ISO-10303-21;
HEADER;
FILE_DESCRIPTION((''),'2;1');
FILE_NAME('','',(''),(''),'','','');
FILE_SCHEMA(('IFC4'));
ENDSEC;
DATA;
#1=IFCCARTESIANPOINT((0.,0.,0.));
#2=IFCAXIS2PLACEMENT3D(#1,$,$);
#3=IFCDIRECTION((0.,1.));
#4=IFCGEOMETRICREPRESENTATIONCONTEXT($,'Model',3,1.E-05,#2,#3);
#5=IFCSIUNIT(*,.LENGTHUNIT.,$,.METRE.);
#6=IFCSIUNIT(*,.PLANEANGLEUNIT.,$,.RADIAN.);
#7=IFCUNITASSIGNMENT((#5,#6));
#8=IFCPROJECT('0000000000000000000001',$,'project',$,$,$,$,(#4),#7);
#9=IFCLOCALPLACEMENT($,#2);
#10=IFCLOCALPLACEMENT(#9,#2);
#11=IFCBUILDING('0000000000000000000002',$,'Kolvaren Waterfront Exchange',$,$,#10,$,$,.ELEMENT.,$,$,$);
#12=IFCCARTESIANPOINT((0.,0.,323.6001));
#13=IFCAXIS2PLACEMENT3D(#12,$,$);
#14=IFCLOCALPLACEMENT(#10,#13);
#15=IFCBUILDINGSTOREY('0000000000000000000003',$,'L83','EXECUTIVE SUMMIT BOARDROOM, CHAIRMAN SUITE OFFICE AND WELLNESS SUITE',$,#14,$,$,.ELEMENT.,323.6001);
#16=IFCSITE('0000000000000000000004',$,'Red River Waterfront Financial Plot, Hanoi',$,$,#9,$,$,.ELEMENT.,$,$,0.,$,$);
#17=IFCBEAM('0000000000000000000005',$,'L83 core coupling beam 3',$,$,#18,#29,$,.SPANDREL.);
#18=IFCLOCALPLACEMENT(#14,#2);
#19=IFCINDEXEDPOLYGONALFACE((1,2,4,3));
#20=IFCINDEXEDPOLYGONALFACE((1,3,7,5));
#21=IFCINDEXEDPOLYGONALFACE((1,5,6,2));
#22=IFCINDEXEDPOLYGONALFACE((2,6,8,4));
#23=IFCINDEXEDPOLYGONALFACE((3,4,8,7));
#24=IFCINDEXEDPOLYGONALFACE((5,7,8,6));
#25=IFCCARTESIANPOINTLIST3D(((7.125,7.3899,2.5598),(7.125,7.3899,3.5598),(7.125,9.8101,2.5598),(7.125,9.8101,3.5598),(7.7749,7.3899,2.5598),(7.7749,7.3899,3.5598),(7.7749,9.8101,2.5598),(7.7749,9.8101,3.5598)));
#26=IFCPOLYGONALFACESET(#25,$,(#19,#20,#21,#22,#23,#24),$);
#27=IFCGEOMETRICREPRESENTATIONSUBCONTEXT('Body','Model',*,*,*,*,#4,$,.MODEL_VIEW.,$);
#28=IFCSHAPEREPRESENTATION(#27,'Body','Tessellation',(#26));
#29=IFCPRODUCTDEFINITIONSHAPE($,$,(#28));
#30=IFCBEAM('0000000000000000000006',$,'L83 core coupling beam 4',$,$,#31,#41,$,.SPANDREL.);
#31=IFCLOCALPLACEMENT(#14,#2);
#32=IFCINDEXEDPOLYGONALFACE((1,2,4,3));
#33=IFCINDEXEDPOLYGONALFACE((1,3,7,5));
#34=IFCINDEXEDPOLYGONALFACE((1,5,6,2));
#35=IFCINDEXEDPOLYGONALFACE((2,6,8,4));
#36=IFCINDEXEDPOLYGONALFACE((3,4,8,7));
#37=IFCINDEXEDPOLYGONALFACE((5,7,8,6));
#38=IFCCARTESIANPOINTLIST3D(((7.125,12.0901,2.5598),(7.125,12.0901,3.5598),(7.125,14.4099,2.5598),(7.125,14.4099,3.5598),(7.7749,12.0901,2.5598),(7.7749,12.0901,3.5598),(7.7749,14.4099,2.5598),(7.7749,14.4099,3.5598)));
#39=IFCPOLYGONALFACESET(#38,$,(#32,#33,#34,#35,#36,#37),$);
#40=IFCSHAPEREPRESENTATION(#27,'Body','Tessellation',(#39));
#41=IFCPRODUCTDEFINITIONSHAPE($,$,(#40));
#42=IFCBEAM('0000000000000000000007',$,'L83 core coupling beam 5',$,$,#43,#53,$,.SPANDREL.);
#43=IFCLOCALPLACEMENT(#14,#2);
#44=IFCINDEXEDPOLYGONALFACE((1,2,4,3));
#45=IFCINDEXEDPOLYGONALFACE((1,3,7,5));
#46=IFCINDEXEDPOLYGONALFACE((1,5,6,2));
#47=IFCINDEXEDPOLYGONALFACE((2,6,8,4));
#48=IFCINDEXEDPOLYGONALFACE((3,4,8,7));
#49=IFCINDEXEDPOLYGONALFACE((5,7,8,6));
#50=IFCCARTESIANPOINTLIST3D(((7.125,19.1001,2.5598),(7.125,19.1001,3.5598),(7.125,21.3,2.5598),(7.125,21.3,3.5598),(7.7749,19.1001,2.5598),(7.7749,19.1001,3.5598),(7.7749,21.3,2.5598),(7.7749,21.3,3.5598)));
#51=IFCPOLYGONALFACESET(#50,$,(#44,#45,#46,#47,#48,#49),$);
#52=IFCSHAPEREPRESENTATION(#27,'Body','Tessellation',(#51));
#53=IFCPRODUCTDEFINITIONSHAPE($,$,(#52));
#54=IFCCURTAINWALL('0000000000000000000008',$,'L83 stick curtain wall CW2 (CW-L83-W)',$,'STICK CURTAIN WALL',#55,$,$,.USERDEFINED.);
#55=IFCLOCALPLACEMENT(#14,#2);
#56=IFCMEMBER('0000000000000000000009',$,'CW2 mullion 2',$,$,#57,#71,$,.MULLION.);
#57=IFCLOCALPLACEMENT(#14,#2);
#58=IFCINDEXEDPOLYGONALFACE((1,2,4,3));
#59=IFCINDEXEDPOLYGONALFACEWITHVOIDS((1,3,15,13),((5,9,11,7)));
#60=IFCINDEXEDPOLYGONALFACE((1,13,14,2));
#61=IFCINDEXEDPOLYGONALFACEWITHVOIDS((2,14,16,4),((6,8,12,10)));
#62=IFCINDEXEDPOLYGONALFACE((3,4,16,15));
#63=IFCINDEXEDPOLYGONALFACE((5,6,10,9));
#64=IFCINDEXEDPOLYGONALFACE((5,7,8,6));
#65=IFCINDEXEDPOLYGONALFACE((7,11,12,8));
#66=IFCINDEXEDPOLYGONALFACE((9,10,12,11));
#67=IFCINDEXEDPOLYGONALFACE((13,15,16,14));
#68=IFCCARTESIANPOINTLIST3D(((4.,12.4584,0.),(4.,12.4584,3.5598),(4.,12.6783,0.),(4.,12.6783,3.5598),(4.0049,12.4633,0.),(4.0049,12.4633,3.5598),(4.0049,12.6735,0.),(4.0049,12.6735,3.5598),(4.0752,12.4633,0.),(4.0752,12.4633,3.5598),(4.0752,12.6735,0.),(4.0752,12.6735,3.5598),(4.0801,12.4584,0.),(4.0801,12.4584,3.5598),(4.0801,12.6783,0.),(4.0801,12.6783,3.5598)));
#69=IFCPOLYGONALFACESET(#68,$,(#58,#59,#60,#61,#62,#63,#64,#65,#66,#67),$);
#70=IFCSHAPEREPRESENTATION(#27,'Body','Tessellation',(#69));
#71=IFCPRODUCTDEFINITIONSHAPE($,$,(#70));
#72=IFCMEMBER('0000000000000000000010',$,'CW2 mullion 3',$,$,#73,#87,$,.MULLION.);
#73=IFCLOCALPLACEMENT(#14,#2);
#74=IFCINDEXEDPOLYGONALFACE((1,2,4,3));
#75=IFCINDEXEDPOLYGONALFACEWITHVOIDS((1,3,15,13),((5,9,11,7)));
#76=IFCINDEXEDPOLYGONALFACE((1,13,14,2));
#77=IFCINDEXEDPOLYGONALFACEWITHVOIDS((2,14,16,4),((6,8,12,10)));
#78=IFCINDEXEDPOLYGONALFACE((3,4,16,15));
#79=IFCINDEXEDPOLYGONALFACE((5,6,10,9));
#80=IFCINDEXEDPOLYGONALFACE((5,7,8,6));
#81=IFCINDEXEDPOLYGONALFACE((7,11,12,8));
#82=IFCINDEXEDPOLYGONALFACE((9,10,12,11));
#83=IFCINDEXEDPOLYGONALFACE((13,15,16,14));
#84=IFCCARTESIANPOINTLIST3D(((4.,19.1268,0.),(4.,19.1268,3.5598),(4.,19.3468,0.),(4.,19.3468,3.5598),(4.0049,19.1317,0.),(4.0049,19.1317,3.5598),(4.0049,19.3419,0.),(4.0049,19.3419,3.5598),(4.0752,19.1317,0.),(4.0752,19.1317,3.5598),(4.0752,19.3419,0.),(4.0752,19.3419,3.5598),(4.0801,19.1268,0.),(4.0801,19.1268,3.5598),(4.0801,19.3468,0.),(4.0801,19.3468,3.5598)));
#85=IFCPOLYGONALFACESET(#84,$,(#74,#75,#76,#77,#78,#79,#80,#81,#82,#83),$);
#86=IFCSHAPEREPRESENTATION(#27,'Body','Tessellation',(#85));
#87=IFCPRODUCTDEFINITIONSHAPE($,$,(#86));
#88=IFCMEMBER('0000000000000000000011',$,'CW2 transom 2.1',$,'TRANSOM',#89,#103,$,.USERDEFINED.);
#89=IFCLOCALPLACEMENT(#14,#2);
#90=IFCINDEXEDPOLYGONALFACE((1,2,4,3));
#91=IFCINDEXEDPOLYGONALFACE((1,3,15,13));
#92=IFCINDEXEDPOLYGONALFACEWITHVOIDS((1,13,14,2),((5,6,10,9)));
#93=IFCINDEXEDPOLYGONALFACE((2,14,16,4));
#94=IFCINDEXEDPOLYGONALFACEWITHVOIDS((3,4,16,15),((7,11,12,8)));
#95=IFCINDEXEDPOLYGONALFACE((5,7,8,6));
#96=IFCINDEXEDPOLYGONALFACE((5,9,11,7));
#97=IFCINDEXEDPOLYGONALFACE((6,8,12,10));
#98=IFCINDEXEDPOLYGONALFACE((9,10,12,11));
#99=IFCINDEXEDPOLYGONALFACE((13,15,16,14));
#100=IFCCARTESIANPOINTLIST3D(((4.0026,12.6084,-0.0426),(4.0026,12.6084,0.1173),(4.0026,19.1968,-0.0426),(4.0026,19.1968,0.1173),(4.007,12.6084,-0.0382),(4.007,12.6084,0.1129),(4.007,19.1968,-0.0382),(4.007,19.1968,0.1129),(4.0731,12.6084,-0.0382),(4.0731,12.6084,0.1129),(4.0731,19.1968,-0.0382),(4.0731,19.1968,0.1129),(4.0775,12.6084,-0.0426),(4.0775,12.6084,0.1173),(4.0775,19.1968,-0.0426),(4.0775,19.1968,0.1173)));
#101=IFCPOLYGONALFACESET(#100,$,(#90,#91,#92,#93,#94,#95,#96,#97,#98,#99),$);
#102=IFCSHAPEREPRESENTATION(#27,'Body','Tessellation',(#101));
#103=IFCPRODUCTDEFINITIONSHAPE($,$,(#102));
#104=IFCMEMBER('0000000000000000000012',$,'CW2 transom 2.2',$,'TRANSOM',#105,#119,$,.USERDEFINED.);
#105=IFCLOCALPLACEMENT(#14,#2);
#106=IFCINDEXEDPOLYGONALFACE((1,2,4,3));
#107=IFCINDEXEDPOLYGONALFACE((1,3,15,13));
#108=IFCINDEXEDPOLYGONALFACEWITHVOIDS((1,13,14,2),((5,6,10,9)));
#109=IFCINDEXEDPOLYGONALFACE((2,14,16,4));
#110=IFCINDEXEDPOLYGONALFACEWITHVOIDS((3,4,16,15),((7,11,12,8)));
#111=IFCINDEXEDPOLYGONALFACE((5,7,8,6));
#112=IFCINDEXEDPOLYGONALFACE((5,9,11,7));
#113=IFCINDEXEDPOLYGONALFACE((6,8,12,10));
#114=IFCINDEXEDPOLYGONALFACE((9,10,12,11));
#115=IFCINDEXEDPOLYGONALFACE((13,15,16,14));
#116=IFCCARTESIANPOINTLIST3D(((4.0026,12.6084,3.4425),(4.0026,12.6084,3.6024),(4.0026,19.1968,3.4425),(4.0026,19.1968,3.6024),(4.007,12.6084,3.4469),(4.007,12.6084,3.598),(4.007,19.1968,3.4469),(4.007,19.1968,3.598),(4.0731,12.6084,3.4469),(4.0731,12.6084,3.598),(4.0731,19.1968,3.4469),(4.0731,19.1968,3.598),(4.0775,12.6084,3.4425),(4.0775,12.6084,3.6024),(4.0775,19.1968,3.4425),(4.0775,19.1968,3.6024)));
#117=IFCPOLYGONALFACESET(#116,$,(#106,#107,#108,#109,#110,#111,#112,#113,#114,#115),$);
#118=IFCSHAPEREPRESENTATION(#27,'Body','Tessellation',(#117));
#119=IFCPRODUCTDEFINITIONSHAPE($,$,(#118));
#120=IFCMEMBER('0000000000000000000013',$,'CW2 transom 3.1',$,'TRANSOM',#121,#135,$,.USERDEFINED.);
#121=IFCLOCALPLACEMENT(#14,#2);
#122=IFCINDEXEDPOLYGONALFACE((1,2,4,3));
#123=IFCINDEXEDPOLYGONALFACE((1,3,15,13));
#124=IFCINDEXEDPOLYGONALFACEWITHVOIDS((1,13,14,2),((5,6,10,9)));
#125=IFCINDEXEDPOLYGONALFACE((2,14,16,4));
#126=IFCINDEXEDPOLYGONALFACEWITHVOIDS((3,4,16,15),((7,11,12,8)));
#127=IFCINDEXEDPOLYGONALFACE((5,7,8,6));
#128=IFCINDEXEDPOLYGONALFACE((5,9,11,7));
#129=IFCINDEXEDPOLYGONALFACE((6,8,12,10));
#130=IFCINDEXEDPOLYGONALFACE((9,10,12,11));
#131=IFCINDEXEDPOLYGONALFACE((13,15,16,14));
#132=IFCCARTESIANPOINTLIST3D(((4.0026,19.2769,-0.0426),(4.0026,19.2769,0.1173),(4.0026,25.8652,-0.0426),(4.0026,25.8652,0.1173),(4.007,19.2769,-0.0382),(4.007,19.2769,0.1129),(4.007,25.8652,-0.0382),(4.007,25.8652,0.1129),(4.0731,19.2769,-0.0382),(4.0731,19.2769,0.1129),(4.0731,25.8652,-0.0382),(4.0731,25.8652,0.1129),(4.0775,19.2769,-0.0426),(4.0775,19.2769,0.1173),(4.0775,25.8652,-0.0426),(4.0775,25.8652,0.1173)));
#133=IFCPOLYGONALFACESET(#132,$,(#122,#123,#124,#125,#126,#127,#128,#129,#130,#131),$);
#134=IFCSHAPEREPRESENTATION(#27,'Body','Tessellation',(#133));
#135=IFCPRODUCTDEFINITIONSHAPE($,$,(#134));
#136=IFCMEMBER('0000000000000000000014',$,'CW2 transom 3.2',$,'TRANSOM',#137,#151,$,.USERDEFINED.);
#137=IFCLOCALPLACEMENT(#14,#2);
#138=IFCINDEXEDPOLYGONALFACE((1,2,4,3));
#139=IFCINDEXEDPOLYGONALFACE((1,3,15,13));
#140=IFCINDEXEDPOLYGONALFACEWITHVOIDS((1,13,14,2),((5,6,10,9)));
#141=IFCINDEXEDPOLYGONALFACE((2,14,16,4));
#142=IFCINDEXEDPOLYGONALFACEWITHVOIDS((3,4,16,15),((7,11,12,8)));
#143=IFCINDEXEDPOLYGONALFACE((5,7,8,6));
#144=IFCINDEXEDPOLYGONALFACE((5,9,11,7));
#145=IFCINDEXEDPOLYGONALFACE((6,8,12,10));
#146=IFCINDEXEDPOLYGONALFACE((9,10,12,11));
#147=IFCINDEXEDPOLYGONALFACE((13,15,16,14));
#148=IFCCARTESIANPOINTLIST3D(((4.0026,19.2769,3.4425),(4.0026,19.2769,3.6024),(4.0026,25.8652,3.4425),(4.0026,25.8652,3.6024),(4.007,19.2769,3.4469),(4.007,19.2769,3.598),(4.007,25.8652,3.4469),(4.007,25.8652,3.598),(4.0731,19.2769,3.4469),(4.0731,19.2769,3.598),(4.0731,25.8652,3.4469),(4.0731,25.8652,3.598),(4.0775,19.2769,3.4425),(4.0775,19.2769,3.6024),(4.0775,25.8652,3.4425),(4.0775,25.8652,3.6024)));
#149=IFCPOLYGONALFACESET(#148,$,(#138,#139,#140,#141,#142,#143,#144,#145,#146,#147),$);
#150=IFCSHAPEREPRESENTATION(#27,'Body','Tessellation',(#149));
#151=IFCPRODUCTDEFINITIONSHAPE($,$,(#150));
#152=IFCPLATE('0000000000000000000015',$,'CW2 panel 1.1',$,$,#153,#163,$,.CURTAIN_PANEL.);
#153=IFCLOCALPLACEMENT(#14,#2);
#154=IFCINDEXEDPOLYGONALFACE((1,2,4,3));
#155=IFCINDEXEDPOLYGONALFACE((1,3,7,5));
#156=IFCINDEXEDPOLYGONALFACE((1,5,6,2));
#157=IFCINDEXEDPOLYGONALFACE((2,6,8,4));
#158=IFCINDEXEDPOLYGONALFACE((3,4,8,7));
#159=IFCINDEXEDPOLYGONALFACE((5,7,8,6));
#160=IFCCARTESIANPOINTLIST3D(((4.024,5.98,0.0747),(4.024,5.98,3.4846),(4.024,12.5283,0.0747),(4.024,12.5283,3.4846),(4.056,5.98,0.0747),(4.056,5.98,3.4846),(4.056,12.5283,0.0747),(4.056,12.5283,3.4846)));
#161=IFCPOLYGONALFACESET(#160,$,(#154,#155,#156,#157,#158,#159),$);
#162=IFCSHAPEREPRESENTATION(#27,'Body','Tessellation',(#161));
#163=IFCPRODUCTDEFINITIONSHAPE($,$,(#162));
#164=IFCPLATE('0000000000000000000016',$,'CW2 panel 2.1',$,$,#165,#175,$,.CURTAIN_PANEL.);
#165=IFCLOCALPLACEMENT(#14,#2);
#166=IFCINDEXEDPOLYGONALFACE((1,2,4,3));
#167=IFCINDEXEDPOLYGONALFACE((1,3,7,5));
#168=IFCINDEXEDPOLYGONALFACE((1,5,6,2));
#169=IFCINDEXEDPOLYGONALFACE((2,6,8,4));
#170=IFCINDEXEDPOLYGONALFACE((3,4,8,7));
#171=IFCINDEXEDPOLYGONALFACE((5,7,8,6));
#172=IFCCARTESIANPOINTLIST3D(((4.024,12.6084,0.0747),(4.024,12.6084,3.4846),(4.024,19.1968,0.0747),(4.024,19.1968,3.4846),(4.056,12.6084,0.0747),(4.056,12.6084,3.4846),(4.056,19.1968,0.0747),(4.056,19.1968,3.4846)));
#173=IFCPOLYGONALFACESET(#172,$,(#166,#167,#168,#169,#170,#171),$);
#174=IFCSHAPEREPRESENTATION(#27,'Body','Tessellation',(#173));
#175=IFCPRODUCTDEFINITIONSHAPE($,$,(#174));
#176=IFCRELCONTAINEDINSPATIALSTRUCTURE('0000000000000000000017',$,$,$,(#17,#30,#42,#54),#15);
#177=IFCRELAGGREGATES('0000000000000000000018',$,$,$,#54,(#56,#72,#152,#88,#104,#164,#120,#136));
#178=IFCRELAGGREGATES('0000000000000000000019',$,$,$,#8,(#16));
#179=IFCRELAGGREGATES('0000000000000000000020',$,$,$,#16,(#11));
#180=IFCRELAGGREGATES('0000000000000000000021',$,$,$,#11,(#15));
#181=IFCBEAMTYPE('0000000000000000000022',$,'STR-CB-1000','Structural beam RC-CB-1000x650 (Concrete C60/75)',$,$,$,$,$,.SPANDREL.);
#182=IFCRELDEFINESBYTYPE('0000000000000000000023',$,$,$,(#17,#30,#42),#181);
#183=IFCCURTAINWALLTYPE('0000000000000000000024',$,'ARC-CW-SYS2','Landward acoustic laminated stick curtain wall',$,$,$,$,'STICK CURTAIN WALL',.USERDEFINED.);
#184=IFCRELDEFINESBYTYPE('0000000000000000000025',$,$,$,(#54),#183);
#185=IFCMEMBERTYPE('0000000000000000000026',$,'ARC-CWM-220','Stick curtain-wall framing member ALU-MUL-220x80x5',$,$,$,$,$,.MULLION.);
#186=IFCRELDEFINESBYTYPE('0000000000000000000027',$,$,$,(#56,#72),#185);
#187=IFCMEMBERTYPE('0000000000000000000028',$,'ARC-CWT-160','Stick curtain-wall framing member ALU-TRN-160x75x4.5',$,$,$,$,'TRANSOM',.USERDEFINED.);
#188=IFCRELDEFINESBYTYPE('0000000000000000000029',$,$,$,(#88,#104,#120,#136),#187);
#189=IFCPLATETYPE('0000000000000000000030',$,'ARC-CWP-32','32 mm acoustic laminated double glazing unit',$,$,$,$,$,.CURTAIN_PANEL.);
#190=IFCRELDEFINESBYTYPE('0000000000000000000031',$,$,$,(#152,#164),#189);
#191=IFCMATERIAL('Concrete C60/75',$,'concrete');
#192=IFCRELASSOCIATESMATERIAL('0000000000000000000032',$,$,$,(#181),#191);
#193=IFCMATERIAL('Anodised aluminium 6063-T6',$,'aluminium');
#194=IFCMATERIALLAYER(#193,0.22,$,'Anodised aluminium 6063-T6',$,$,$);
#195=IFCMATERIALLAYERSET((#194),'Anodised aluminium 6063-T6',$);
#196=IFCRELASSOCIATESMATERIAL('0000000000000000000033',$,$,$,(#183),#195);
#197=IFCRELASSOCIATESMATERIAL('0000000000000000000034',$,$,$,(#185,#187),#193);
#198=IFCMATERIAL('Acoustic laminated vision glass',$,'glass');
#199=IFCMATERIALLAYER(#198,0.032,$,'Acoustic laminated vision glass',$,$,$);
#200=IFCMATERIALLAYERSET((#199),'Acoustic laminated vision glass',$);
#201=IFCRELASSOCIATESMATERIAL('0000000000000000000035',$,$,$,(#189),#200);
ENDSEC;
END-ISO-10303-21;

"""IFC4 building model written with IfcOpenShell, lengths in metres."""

from ifc_helpers import new_model, si_unit, direction, frame, origin, origin_with_axes, origin_2d, place, context, subcontext, project, spatial, rectangle, hollow_rectangle, extrude, source, transform, mapped, material, layer, layer_set, material_profile, profile_set, type_object, element, aggregate, save


model = new_model("IFC4")

# Units and contexts
model_context = context("Model", 3, precision=1e-05, world=origin(), true_north=direction((0.0, 1.0)))
body_context = subcontext(model_context, "Body", "Model", "MODEL_VIEW")
ifc_project = project(units=[si_unit("LENGTHUNIT", "METRE"), si_unit("PLANEANGLEUNIT", "RADIAN")], contexts=[model_context])

# Site, building, storey
site_placement = place(None, origin())
site = spatial("IfcSite", under=ifc_project, at=site_placement, Name="Red River Waterfront Financial Plot, Hanoi", CompositionType="ELEMENT", RefElevation=0.0)
building_placement = place(site_placement, origin())
building = spatial("IfcBuilding", under=site, at=building_placement, Name="Kolvaren Waterfront Exchange", CompositionType="ELEMENT")
storey_placement = place(building_placement, frame((0.0, 0.0, 323.6001)))
storey = spatial("IfcBuildingStorey", under=building, at=storey_placement, Name="L83", Description="EXECUTIVE SUMMIT BOARDROOM, CHAIRMAN SUITE OFFICE AND WELLNESS SUITE", CompositionType="ELEMENT", Elevation=323.6001)

# Beams
ifc_material_1 = material(Name="Concrete C60/75", Category="concrete")
ifc_material_profile_1 = material_profile(ifc_material_1, rectangle(XDim=0.6499, YDim=1.0, at=origin_2d()), Name="RC-CB-1000x650")
ifc_profile_set_1 = profile_set([ifc_material_profile_1], Name="Concrete C60/75")
beam_type = type_object("IfcBeamType", Name="STR-CB-1000", Description="Structural beam RC-CB-1000x650 (Concrete C60/75)", PredefinedType="SPANDREL", material=ifc_profile_set_1)
beam_1_placement = place(storey_placement, frame((7.45, 7.3899, 3.0598), z_axis=(0.0, 1.0, 0.0), x_axis=(-1.0, 0.0, 0.0)))
element("IfcBeam", 1, at=beam_1_placement, inside=storey, type_object=beam_type, Name="L83 core coupling beam 3", PredefinedType="SPANDREL", context=body_context, shape_type="SweptSolid", body=[
    extrude(rectangle(XDim=0.6499, YDim=1.0, at=origin_2d()), origin(), (0.0, 0.0, 1.0), 2.4202),
])
beam_2_placement = place(storey_placement, frame((7.45, 12.0901, 3.0598), z_axis=(0.0, 1.0, 0.0), x_axis=(-1.0, 0.0, 0.0)))
element("IfcBeam", 2, at=beam_2_placement, inside=storey, type_object=beam_type, Name="L83 core coupling beam 4", PredefinedType="SPANDREL", context=body_context, shape_type="SweptSolid", body=[
    extrude(rectangle(XDim=0.6499, YDim=1.0, at=origin_2d()), origin(), (0.0, 0.0, 1.0), 2.3198),
])
beam_3_placement = place(storey_placement, frame((7.45, 19.1001, 3.0598), z_axis=(0.0, 1.0, 0.0), x_axis=(-1.0, 0.0, 0.0)))
element("IfcBeam", 3, at=beam_3_placement, inside=storey, type_object=beam_type, Name="L83 core coupling beam 5", PredefinedType="SPANDREL", context=body_context, shape_type="SweptSolid", body=[
    extrude(rectangle(XDim=0.6499, YDim=1.0, at=origin_2d()), origin(), (0.0, 0.0, 1.0), 2.2),
])

# Curtain wall, members, plates
ifc_material_2 = material(Name="Anodised aluminium 6063-T6", Category="aluminium")
ifc_layer_1 = layer(ifc_material_2, 0.22, Name="Anodised aluminium 6063-T6")
ifc_layer_set_1 = layer_set([ifc_layer_1], Name="Anodised aluminium 6063-T6")
curtain_wall_type = type_object("IfcCurtainWallType", Name="ARC-CW-SYS2", Description="Landward acoustic laminated stick curtain wall", ElementType="STICK CURTAIN WALL", PredefinedType="USERDEFINED", material=ifc_layer_set_1)
curtain_wall_placement = place(storey_placement, origin())
curtain_wall = element("IfcCurtainWall", 4, at=curtain_wall_placement, inside=storey, type_object=curtain_wall_type, Name="L83 stick curtain wall CW2 (CW-L83-W)", ObjectType="STICK CURTAIN WALL", PredefinedType="USERDEFINED")
ifc_material_profile_2 = material_profile(ifc_material_2, hollow_rectangle(XDim=0.0801, YDim=0.22, WallThickness=0.0049, at=origin_2d()), Name="ALU-MUL-220x80x5")
ifc_profile_set_2 = profile_set([ifc_material_profile_2], Name="Anodised aluminium 6063-T6")
member_type_1 = type_object("IfcMemberType", Name="ARC-CWM-220", Description="Stick curtain-wall framing member ALU-MUL-220x80x5", PredefinedType="MULLION", material=ifc_profile_set_2)
shared_shape_1 = source(origin_with_axes(), body_context, "Body", "SweptSolid", [
    extrude(hollow_rectangle(XDim=0.0801, YDim=0.22, WallThickness=0.0049, at=origin_2d()), origin(), (0.0, 0.0, 1.0), 3.5598),
])
member_1_placement = place(storey_placement, frame((4.04, 12.5684, 0.0), z_axis=(0.0, 0.0, 1.0), x_axis=(-1.0, 0.0, 0.0)))
member_1 = element("IfcMember", 5, at=member_1_placement, type_object=member_type_1, Name="CW2 mullion 2", PredefinedType="MULLION", context=body_context, shape_type="MappedRepresentation", body=[
    mapped(shared_shape_1, transform((0.0, 0.0, 0.0), x_axis=(1.0, 0.0, 0.0), y_axis=(0.0, 1.0, 0.0), z_axis=(0.0, 0.0, 1.0), scale=1.0)),
])
member_2_placement = place(storey_placement, frame((4.04, 19.2368, 0.0), z_axis=(0.0, 0.0, 1.0), x_axis=(-1.0, 0.0, 0.0)))
member_2 = element("IfcMember", 6, at=member_2_placement, type_object=member_type_1, Name="CW2 mullion 3", PredefinedType="MULLION", context=body_context, shape_type="MappedRepresentation", body=[
    mapped(shared_shape_1, transform((0.0, 0.0, 0.0), x_axis=(1.0, 0.0, 0.0), y_axis=(0.0, 1.0, 0.0), z_axis=(0.0, 0.0, 1.0), scale=1.0)),
])
ifc_material_profile_3 = material_profile(ifc_material_2, hollow_rectangle(XDim=0.075, YDim=0.1599, WallThickness=0.0044, at=origin_2d()), Name="ALU-TRN-160x75x4.5")
ifc_profile_set_3 = profile_set([ifc_material_profile_3], Name="Anodised aluminium 6063-T6")
member_type_2 = type_object("IfcMemberType", Name="ARC-CWT-160", Description="Stick curtain-wall framing member ALU-TRN-160x75x4.5", ElementType="TRANSOM", PredefinedType="USERDEFINED", material=ifc_profile_set_3)
shared_shape_2 = source(origin_with_axes(), body_context, "Body", "SweptSolid", [
    extrude(hollow_rectangle(XDim=0.075, YDim=0.1599, WallThickness=0.0044, at=origin_2d()), origin(), (0.0, 0.0, 1.0), 6.5884),
])
member_3_placement = place(storey_placement, frame((4.04, 12.6084, 0.0374), z_axis=(0.0, 1.0, 0.0), x_axis=(-1.0, 0.0, 0.0)))
member_3 = element("IfcMember", 7, at=member_3_placement, type_object=member_type_2, Name="CW2 transom 2.1", ObjectType="TRANSOM", PredefinedType="USERDEFINED", context=body_context, shape_type="MappedRepresentation", body=[
    mapped(shared_shape_2, transform((0.0, 0.0, 0.0), x_axis=(1.0, 0.0, 0.0), y_axis=(0.0, 1.0, 0.0), z_axis=(0.0, 0.0, 1.0), scale=1.0)),
])
member_4_placement = place(storey_placement, frame((4.04, 12.6084, 3.5225), z_axis=(0.0, 1.0, 0.0), x_axis=(-1.0, 0.0, 0.0)))
member_4 = element("IfcMember", 8, at=member_4_placement, type_object=member_type_2, Name="CW2 transom 2.2", ObjectType="TRANSOM", PredefinedType="USERDEFINED", context=body_context, shape_type="MappedRepresentation", body=[
    mapped(shared_shape_2, transform((0.0, 0.0, 0.0), x_axis=(1.0, 0.0, 0.0), y_axis=(0.0, 1.0, 0.0), z_axis=(0.0, 0.0, 1.0), scale=1.0)),
])
member_5_placement = place(storey_placement, frame((4.04, 19.2769, 0.0374), z_axis=(0.0, 1.0, 0.0), x_axis=(-1.0, 0.0, 0.0)))
member_5 = element("IfcMember", 9, at=member_5_placement, type_object=member_type_2, Name="CW2 transom 3.1", ObjectType="TRANSOM", PredefinedType="USERDEFINED", context=body_context, shape_type="MappedRepresentation", body=[
    mapped(shared_shape_2, transform((0.0, 0.0, 0.0), x_axis=(1.0, 0.0, 0.0), y_axis=(0.0, 1.0, 0.0), z_axis=(0.0, 0.0, 1.0), scale=1.0)),
])
member_6_placement = place(storey_placement, frame((4.04, 19.2769, 3.5225), z_axis=(0.0, 1.0, 0.0), x_axis=(-1.0, 0.0, 0.0)))
member_6 = element("IfcMember", 10, at=member_6_placement, type_object=member_type_2, Name="CW2 transom 3.2", ObjectType="TRANSOM", PredefinedType="USERDEFINED", context=body_context, shape_type="MappedRepresentation", body=[
    mapped(shared_shape_2, transform((0.0, 0.0, 0.0), x_axis=(1.0, 0.0, 0.0), y_axis=(0.0, 1.0, 0.0), z_axis=(0.0, 0.0, 1.0), scale=1.0)),
])
ifc_material_3 = material(Name="Acoustic laminated vision glass", Category="glass")
ifc_layer_2 = layer(ifc_material_3, 0.032, Name="Acoustic laminated vision glass")
ifc_layer_set_2 = layer_set([ifc_layer_2], Name="Acoustic laminated vision glass")
plate_type = type_object("IfcPlateType", Name="ARC-CWP-32", Description="32 mm acoustic laminated double glazing unit", PredefinedType="CURTAIN_PANEL", material=ifc_layer_set_2)
shared_shape_3 = source(origin_with_axes(), body_context, "Body", "SweptSolid", [
    extrude(rectangle(XDim=6.5483, YDim=0.032, at=origin_2d()), origin(), (0.0, 0.0, 1.0), 3.4099),
])
plate_1_placement = place(storey_placement, frame((4.04, 9.2542, 0.0747), z_axis=(0.0, 0.0, 1.0), x_axis=(0.0, 1.0, 0.0)))
plate_1 = element("IfcPlate", 11, at=plate_1_placement, type_object=plate_type, Name="CW2 panel 1.1", PredefinedType="CURTAIN_PANEL", context=body_context, shape_type="MappedRepresentation", body=[
    mapped(shared_shape_3, transform((0.0, 0.0, 0.0), x_axis=(1.0, 0.0, 0.0), y_axis=(0.0, 1.0, 0.0), z_axis=(0.0, 0.0, 1.0), scale=1.0)),
])
shared_shape_4 = source(origin_with_axes(), body_context, "Body", "SweptSolid", [
    extrude(rectangle(XDim=6.5884, YDim=0.032, at=origin_2d()), origin(), (0.0, 0.0, 1.0), 3.4099),
])
plate_2_placement = place(storey_placement, frame((4.04, 15.9026, 0.0747), z_axis=(0.0, 0.0, 1.0), x_axis=(0.0, 1.0, 0.0)))
plate_2 = element("IfcPlate", 12, at=plate_2_placement, type_object=plate_type, Name="CW2 panel 2.1", PredefinedType="CURTAIN_PANEL", context=body_context, shape_type="MappedRepresentation", body=[
    mapped(shared_shape_4, transform((0.0, 0.0, 0.0), x_axis=(1.0, 0.0, 0.0), y_axis=(0.0, 1.0, 0.0), z_axis=(0.0, 0.0, 1.0), scale=1.0)),
])
aggregate(curtain_wall, [member_1, member_2, plate_1, member_3, member_4, plate_2, member_5, member_6])

save(model, "model.ifc")
